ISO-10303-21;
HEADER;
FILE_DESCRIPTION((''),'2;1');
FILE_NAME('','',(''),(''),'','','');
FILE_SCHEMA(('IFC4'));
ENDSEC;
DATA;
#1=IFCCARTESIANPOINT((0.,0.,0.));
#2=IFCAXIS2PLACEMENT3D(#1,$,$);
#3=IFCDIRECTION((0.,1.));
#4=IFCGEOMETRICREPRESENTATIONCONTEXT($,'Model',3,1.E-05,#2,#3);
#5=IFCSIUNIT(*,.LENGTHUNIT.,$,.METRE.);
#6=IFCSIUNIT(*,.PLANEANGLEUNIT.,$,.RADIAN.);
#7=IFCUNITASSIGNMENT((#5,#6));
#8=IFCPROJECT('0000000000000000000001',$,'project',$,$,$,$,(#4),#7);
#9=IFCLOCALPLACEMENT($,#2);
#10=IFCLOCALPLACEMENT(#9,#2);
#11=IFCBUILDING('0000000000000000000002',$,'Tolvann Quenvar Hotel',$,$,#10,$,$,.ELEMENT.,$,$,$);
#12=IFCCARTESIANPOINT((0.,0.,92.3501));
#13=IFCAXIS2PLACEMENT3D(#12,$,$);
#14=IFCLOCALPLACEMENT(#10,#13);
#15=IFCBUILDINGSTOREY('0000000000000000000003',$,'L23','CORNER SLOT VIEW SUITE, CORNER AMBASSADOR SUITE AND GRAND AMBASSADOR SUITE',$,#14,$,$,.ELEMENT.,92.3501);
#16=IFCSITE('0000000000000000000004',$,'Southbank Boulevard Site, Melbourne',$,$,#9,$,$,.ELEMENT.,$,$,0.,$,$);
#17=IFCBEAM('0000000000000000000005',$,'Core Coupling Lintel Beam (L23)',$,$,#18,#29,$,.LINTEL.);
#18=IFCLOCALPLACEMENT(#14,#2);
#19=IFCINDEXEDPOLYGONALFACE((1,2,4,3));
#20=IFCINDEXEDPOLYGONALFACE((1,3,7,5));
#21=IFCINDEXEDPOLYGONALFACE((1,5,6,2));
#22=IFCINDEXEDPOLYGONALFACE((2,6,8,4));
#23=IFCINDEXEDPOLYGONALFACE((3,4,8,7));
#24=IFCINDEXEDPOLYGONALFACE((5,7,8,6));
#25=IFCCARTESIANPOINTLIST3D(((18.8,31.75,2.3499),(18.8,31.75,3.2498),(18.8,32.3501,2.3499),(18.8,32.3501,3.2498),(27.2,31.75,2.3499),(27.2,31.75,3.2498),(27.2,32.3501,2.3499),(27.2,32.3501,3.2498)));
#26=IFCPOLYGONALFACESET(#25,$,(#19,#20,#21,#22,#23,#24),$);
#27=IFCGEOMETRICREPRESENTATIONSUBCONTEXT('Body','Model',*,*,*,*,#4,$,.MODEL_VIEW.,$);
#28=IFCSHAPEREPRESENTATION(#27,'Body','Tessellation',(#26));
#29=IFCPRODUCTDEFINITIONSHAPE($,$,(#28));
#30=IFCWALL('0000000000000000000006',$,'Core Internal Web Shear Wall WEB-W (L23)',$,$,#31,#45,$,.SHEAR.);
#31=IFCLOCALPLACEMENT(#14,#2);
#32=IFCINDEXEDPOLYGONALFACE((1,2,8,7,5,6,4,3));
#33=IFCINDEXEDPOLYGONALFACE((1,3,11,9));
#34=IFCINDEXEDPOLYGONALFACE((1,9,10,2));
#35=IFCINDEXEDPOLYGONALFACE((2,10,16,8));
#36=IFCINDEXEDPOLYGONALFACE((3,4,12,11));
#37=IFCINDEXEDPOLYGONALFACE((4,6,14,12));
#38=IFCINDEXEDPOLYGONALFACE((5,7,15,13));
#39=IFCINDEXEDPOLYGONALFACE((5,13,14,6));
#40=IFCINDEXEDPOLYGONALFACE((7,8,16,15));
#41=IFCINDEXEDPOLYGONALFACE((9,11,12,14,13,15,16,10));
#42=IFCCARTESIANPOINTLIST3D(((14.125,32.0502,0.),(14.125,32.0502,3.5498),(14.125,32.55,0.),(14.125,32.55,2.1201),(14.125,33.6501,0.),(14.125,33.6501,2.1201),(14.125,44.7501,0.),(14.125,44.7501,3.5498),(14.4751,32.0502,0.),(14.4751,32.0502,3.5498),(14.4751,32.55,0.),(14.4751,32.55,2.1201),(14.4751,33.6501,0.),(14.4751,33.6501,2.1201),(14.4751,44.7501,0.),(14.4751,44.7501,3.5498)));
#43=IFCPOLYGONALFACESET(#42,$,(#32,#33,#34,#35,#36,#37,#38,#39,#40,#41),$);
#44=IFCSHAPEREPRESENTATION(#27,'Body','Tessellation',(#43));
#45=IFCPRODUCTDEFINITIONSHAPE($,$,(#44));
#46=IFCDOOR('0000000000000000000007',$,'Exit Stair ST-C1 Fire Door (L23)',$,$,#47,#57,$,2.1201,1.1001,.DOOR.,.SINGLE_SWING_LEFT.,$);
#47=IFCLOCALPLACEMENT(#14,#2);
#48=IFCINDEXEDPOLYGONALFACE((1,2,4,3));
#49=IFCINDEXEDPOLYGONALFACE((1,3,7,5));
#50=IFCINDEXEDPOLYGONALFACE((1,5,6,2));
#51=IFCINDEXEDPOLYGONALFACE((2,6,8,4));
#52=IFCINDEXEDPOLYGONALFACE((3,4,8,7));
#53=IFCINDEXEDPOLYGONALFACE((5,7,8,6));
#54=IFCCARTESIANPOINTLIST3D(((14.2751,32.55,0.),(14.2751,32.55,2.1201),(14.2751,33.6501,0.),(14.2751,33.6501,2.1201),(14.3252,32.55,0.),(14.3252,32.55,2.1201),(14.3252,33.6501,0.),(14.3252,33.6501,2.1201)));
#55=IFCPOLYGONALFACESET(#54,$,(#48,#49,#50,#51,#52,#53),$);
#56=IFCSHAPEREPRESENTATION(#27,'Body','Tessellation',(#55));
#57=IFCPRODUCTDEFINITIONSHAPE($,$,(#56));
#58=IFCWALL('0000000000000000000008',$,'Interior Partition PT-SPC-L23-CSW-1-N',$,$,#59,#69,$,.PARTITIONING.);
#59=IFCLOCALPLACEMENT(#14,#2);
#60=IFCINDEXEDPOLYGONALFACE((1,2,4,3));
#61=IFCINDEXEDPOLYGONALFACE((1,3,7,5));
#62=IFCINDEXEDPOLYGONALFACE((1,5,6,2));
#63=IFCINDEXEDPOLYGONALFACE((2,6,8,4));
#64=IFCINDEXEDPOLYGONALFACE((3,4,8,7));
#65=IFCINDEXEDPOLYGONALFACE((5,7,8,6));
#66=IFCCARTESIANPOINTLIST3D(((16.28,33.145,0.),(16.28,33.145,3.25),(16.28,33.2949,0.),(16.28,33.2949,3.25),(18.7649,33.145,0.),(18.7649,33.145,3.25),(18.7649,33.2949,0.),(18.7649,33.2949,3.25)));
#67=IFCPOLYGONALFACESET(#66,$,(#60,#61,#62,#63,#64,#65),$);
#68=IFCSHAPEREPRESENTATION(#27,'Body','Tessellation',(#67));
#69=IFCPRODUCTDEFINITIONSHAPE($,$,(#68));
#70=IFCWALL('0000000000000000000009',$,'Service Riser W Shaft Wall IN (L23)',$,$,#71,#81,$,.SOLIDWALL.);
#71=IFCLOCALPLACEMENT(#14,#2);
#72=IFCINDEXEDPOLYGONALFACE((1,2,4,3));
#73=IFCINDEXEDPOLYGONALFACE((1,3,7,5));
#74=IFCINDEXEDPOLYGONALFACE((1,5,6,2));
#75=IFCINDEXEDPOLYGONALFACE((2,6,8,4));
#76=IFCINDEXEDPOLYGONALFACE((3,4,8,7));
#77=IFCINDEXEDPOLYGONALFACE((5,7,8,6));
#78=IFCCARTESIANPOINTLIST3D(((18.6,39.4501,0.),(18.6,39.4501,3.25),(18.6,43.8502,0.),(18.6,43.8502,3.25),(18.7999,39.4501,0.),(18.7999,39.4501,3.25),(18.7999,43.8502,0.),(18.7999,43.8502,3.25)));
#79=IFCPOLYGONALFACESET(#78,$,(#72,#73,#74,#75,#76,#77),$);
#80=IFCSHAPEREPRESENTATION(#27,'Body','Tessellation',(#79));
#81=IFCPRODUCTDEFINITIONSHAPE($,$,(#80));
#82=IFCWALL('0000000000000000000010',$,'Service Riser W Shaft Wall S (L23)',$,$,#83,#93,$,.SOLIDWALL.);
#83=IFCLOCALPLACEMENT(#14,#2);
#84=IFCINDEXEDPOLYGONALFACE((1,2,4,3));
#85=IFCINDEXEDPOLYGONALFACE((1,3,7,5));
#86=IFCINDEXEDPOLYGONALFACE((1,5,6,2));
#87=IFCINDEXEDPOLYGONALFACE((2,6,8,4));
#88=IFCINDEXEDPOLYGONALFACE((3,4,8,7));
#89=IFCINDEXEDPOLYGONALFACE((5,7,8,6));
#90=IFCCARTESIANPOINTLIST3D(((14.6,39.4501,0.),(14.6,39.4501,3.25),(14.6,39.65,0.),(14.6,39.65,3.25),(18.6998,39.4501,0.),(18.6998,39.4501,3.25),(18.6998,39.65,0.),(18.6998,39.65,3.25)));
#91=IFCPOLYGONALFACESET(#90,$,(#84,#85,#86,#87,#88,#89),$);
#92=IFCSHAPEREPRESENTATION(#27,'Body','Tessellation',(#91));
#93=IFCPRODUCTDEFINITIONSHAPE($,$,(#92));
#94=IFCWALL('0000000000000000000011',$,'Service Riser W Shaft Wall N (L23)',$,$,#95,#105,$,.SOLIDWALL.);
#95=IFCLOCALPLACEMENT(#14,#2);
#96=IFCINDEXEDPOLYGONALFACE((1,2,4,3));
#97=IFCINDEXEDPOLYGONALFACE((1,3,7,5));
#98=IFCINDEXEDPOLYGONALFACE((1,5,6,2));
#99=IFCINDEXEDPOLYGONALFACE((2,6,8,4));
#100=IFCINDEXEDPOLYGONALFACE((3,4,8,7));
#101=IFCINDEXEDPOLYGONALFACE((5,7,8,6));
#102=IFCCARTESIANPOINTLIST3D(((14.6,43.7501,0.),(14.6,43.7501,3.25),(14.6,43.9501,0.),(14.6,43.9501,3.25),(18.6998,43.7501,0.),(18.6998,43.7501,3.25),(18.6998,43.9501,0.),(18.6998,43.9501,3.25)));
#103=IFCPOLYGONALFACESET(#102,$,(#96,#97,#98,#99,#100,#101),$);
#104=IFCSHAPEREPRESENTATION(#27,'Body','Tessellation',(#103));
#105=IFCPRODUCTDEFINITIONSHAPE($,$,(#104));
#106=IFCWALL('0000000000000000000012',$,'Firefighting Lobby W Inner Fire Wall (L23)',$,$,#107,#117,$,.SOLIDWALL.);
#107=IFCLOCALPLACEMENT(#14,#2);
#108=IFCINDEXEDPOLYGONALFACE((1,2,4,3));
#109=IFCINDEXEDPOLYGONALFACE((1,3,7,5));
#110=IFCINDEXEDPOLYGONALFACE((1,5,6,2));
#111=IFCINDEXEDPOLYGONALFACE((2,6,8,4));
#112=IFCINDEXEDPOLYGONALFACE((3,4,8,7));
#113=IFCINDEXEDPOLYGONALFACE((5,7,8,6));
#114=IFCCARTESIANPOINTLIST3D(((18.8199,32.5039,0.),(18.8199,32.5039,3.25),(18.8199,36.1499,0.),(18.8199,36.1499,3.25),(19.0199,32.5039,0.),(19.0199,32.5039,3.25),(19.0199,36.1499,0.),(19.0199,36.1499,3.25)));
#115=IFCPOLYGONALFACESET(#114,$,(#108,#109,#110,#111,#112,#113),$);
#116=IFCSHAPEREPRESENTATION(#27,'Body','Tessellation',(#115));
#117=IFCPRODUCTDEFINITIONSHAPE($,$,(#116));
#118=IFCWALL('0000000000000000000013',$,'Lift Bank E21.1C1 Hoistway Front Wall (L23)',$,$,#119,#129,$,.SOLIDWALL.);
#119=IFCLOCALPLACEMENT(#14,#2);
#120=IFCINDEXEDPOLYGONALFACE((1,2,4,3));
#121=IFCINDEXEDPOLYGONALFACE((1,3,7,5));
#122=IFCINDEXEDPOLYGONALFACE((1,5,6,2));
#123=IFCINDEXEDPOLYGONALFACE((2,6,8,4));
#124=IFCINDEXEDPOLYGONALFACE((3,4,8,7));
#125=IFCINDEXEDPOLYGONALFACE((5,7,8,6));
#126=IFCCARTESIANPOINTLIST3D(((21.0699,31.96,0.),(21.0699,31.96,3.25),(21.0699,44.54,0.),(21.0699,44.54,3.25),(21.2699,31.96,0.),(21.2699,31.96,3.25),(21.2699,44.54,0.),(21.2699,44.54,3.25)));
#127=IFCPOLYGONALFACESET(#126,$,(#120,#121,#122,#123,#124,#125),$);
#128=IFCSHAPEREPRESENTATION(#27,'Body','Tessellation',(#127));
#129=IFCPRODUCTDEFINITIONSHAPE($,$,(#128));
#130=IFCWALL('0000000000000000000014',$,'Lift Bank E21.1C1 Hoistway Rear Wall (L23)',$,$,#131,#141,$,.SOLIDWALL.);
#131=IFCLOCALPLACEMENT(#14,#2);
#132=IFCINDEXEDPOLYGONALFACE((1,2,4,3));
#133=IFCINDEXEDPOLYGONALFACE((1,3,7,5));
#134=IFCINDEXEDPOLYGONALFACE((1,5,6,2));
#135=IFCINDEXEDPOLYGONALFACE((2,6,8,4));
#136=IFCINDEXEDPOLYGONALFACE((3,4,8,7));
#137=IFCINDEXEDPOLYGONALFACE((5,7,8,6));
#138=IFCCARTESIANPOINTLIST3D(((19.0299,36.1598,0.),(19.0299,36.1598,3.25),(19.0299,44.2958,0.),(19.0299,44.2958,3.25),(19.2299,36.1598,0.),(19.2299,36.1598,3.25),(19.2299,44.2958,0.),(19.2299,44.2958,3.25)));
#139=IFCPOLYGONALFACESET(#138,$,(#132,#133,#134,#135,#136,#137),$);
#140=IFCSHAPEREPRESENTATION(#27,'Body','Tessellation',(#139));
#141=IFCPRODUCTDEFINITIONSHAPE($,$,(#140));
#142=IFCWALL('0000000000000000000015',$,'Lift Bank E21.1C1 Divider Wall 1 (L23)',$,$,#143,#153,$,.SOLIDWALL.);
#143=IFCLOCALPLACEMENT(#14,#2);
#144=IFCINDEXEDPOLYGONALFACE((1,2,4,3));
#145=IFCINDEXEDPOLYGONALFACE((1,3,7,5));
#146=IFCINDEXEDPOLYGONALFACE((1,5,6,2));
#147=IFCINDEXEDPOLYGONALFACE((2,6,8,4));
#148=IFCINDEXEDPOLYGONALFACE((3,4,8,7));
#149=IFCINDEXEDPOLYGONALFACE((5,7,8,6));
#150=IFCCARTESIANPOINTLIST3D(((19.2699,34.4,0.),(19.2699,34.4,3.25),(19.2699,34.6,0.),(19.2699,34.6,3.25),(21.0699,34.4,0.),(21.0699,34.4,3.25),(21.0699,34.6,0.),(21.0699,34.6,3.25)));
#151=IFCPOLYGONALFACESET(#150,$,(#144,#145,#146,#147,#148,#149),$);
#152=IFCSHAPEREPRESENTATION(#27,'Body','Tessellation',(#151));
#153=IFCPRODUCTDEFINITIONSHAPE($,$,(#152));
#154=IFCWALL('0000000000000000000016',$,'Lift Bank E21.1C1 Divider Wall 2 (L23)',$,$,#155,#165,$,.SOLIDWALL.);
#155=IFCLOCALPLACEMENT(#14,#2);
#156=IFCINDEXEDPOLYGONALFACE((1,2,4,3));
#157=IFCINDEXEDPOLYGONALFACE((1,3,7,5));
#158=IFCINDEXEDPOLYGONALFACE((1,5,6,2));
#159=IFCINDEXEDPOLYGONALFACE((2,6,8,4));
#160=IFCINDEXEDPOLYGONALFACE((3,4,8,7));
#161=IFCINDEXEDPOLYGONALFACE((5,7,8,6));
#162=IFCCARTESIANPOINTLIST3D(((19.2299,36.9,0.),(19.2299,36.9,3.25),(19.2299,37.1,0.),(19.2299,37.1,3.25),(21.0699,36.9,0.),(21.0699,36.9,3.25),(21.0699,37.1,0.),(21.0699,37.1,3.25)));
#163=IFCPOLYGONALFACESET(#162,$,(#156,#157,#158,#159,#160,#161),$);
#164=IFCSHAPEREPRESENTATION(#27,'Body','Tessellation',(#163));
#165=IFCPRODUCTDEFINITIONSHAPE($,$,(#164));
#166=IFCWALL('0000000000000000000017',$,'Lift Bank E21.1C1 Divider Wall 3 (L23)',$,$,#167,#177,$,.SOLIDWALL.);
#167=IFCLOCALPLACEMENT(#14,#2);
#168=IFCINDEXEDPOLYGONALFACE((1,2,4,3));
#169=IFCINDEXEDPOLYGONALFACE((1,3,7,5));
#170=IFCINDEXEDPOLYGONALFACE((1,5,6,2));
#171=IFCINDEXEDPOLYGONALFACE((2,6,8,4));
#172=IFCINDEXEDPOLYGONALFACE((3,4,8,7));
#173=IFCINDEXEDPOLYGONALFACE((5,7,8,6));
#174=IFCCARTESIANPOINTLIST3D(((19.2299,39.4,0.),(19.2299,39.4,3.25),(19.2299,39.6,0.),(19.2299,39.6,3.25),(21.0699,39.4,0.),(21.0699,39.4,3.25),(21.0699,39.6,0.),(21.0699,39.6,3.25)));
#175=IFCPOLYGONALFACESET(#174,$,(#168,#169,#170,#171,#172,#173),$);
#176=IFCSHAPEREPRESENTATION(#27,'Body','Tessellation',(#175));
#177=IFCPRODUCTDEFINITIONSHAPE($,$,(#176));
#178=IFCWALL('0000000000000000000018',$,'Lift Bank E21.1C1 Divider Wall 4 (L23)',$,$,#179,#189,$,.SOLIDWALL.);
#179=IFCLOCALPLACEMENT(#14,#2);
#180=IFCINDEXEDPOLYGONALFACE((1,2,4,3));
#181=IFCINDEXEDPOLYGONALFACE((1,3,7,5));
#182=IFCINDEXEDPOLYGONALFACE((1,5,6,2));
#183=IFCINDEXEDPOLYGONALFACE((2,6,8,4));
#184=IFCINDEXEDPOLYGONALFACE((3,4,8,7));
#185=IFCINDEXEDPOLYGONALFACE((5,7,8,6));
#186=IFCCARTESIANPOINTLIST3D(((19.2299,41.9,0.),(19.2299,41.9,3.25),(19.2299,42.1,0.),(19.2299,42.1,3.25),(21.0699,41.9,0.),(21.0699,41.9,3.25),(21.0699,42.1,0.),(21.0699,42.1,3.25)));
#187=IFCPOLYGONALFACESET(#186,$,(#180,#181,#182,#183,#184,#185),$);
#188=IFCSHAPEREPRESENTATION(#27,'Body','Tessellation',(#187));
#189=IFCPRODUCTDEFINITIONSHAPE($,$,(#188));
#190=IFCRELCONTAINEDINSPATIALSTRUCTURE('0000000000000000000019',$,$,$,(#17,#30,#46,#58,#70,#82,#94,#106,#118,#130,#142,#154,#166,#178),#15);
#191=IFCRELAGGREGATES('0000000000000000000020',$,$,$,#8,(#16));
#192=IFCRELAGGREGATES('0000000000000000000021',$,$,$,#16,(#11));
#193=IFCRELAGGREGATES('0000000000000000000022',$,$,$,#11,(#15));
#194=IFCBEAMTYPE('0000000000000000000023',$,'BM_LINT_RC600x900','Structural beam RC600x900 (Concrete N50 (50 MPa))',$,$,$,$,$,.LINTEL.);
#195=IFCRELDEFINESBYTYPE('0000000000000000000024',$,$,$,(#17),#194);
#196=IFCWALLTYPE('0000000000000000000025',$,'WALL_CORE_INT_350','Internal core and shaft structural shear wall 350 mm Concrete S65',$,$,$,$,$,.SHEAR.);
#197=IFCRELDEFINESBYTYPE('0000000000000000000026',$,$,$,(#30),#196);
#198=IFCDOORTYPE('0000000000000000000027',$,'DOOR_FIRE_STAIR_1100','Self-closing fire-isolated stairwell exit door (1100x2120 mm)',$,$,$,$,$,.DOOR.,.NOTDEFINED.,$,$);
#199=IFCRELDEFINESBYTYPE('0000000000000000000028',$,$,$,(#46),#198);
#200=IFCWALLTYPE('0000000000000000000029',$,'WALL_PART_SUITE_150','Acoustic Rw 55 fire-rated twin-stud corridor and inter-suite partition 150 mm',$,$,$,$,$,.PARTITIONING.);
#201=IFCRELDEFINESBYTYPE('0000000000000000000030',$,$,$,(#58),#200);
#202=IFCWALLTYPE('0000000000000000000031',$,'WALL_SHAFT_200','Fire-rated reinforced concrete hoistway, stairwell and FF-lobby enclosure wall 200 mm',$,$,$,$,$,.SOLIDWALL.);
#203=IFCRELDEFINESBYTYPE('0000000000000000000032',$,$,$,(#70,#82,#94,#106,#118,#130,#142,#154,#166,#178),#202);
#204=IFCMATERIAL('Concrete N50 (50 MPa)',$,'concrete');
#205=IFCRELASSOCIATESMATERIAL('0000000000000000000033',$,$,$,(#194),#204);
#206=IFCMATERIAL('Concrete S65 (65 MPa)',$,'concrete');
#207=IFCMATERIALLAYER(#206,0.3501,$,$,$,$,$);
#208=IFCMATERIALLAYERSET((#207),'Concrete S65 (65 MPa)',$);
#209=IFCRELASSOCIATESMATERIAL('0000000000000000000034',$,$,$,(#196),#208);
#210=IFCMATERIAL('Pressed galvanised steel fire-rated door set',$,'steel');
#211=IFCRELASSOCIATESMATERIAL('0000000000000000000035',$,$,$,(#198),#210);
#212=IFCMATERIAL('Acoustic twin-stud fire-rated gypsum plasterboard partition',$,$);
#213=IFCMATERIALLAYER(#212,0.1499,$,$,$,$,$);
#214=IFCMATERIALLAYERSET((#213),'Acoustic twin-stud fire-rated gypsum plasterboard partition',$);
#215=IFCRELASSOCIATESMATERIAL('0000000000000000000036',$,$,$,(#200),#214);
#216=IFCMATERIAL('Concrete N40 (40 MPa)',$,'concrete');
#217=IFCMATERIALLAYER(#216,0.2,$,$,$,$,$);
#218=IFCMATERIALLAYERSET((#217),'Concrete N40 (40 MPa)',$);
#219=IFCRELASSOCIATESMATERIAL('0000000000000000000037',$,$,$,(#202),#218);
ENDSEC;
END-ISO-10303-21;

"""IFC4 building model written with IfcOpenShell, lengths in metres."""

from ifc_helpers import new_model, si_unit, direction, frame, frame_2d, origin, origin_2d, place, context, subcontext, project, spatial, rectangle, extrude, source, transform, mapped, material, layer, layer_set, material_profile, profile_set, type_object, type_shapes, element, fill, save


model = new_model("IFC4")

# Units and contexts
model_context = context("Model", 3, precision=1e-05, world=origin(), true_north=direction((0.0, 1.0)))
body_context = subcontext(model_context, "Body", "Model", "MODEL_VIEW")
ifc_project = project(units=[si_unit("LENGTHUNIT", "METRE"), si_unit("PLANEANGLEUNIT", "RADIAN")], contexts=[model_context])

# Site, building, storey
site_placement = place(None, origin())
site = spatial("IfcSite", under=ifc_project, at=site_placement, Name="Southbank Boulevard Site, Melbourne", CompositionType="ELEMENT", RefElevation=0.0)
building_placement = place(site_placement, origin())
building = spatial("IfcBuilding", under=site, at=building_placement, Name="Tolvann Quenvar Hotel", CompositionType="ELEMENT")
storey_placement = place(building_placement, frame((0.0, 0.0, 92.3501)))
storey = spatial("IfcBuildingStorey", under=building, at=storey_placement, Name="L23", Description="CORNER SLOT VIEW SUITE, CORNER AMBASSADOR SUITE AND GRAND AMBASSADOR SUITE", CompositionType="ELEMENT", Elevation=92.3501)

# Beam
ifc_material_1 = material(Name="Concrete N50 (50 MPa)", Category="concrete")
ifc_material_profile = material_profile(ifc_material_1, rectangle(XDim=0.6001, YDim=0.8999, at=origin_2d()), Name="RC600x900")
ifc_profile_set = profile_set([ifc_material_profile], Name="Concrete N50 (50 MPa)")
beam_type = type_object("IfcBeamType", Name="BM_LINT_RC600x900", Description="Structural beam RC600x900 (Concrete N50 (50 MPa))", PredefinedType="LINTEL", material=ifc_profile_set)
shared_shape_1 = source(origin(), body_context, "Body", "SweptSolid", [
    extrude(rectangle(XDim=0.6001, YDim=0.8999, at=origin_2d()), origin(), (0.0, 0.0, 1.0), 8.3999),
])
type_shapes(beam_type, [shared_shape_1])
beam_placement = place(storey_placement, frame((18.8, 32.05, 2.7998), z_axis=(1.0, 0.0, 0.0), x_axis=(0.0, 1.0, 0.0)))
element("IfcBeam", 1, at=beam_placement, inside=storey, type_object=beam_type, Name="Core Coupling Lintel Beam (L23)", PredefinedType="LINTEL", context=body_context, shape_type="MappedRepresentation", body=[
    mapped(shared_shape_1, transform((0.0, 0.0, 0.0), x_axis=(1.0, 0.0, 0.0), y_axis=(0.0, 1.0, 0.0), z_axis=(0.0, 0.0, 1.0), scale=1.0)),
])

# Wall, opening, door
ifc_material_2 = material(Name="Concrete S65 (65 MPa)", Category="concrete")
ifc_layer_1 = layer(ifc_material_2, 0.3501)
ifc_layer_set_1 = layer_set([ifc_layer_1], Name="Concrete S65 (65 MPa)")
wall_type_1 = type_object("IfcWallType", Name="WALL_CORE_INT_350", Description="Internal core and shaft structural shear wall 350 mm Concrete S65", PredefinedType="SHEAR", material=ifc_layer_set_1)
wall_1_placement = place(storey_placement, frame((14.3, 32.05, 0.0), z_axis=(0.0, 0.0, 1.0), x_axis=(0.0, 1.0, 0.0)))
wall_1 = element("IfcWall", 2, at=wall_1_placement, inside=storey, type_object=wall_type_1, Name="Core Internal Web Shear Wall WEB-W (L23)", PredefinedType="SHEAR", context=body_context, shape_type="SweptSolid", body=[
    extrude(rectangle(XDim=12.7, YDim=0.3501, at=frame_2d((6.3501, 0.0))), origin(), (0.0, 0.0, 1.0), 3.5498),
])
opening_1_placement = place(wall_1_placement, frame((0.5, 0.0, 0.0)))
opening_1 = element("IfcOpeningElement", 3, at=opening_1_placement, cuts=wall_1, PredefinedType="OPENING", context=body_context, shape_type="SweptSolid", body=[
    extrude(rectangle(XDim=1.1001, YDim=2.1201, at=frame_2d((0.55, 1.0601))), frame((0.0, 0.1851, 0.0), z_axis=(0.0, -1.0, 0.0), x_axis=(1.0, 0.0, 0.0)), (0.0, 0.0, 1.0), 0.3701),
])
ifc_material_3 = material(Name="Pressed galvanised steel fire-rated door set", Category="steel")
door_type_1 = type_object("IfcDoorType", Name="DOOR_FIRE_STAIR_1100", Description="Self-closing fire-isolated stairwell exit door (1100x2120 mm)", OperationType="NOTDEFINED", PredefinedType="DOOR", material=ifc_material_3)
shared_shape_2 = source(origin(), body_context, "Body", "SweptSolid", [
    extrude(rectangle(XDim=1.1001, YDim=2.1201, at=frame_2d((0.55, 1.0601))), frame((0.0, 0.0249, 0.0), z_axis=(0.0, -1.0, 0.0), x_axis=(1.0, 0.0, 0.0)), (0.0, 0.0, 1.0), 0.05),
])
type_shapes(door_type_1, [shared_shape_2])
door_1_placement = place(opening_1_placement, origin())
door_1 = element("IfcDoor", 4, at=door_1_placement, inside=storey, type_object=door_type_1, Name="Exit Stair ST-C1 Fire Door (L23)", OperationType="SINGLE_SWING_LEFT", OverallHeight=2.1201, OverallWidth=1.1001, PredefinedType="DOOR", context=body_context, shape_type="MappedRepresentation", body=[
    mapped(shared_shape_2, transform((0.0, 0.0, 0.0), x_axis=(1.0, 0.0, 0.0), y_axis=(0.0, 1.0, 0.0), z_axis=(0.0, 0.0, 1.0), scale=1.0)),
])
fill(opening_1, door_1)

# Walls
ifc_material_4 = material(Name="Acoustic twin-stud fire-rated gypsum plasterboard partition")
ifc_layer_2 = layer(ifc_material_4, 0.1499)
ifc_layer_set_2 = layer_set([ifc_layer_2], Name="Acoustic twin-stud fire-rated gypsum plasterboard partition")
wall_type_2 = type_object("IfcWallType", Name="WALL_PART_SUITE_150", Description="Acoustic Rw 55 fire-rated twin-stud corridor and inter-suite partition 150 mm", PredefinedType="PARTITIONING", material=ifc_layer_set_2)
wall_2_placement = place(storey_placement, frame((16.28, 33.22, 0.0), z_axis=(0.0, 0.0, 1.0), x_axis=(1.0, 0.0, 0.0)))
element("IfcWall", 5, at=wall_2_placement, inside=storey, type_object=wall_type_2, Name="Interior Partition PT-SPC-L23-CSW-1-N", PredefinedType="PARTITIONING", context=body_context, shape_type="SweptSolid", body=[
    extrude(rectangle(XDim=2.4849, YDim=0.1499, at=frame_2d((1.2424, 0.0))), origin(), (0.0, 0.0, 1.0), 3.25),
])
ifc_material_5 = material(Name="Concrete N40 (40 MPa)", Category="concrete")
ifc_layer_3 = layer(ifc_material_5, 0.2)
ifc_layer_set_3 = layer_set([ifc_layer_3], Name="Concrete N40 (40 MPa)")
wall_type_3 = type_object("IfcWallType", Name="WALL_SHAFT_200", Description="Fire-rated reinforced concrete hoistway, stairwell and FF-lobby enclosure wall 200 mm", PredefinedType="SOLIDWALL", material=ifc_layer_set_3)
wall_3_placement = place(storey_placement, frame((18.7, 39.45, 0.0), z_axis=(0.0, 0.0, 1.0), x_axis=(0.0, 1.0, 0.0)))
element("IfcWall", 6, at=wall_3_placement, inside=storey, type_object=wall_type_3, Name="Service Riser W Shaft Wall IN (L23)", PredefinedType="SOLIDWALL", context=body_context, shape_type="SweptSolid", body=[
    extrude(rectangle(XDim=4.4001, YDim=0.2, at=frame_2d((2.2002, 0.0))), origin(), (0.0, 0.0, 1.0), 3.25),
])
for number, where, z_axis, x_axis, name in (
    (7, (14.6001, 39.55, 0.0), (0.0, 0.0, 1.0), (1.0, 0.0, 0.0), "Service Riser W Shaft Wall S (L23)"),
    (8, (14.6001, 43.8501, 0.0), (0.0, 0.0, 1.0), (1.0, 0.0, 0.0), "Service Riser W Shaft Wall N (L23)"),
):
    element("IfcWall", number, at=place(storey_placement, frame(where, z_axis=z_axis, x_axis=x_axis)), inside=storey, type_object=wall_type_3, Name=name, PredefinedType="SOLIDWALL", context=body_context, shape_type="SweptSolid", body=[
        extrude(rectangle(XDim=4.0999, YDim=0.2, at=frame_2d((2.0498, 0.0))), origin(), (0.0, 0.0, 1.0), 3.25),
    ])
wall_4_placement = place(storey_placement, frame((18.9199, 32.5039, 0.0), z_axis=(0.0, 0.0, 1.0), x_axis=(0.0, 1.0, 0.0)))
element("IfcWall", 9, at=wall_4_placement, inside=storey, type_object=wall_type_3, Name="Firefighting Lobby W Inner Fire Wall (L23)", PredefinedType="SOLIDWALL", context=body_context, shape_type="SweptSolid", body=[
    extrude(rectangle(XDim=3.646, YDim=0.2, at=frame_2d((1.823, 0.0))), origin(), (0.0, 0.0, 1.0), 3.25),
])
wall_5_placement = place(storey_placement, frame((21.1699, 31.96, 0.0), z_axis=(0.0, 0.0, 1.0), x_axis=(0.0, 1.0, 0.0)))
element("IfcWall", 10, at=wall_5_placement, inside=storey, type_object=wall_type_3, Name="Lift Bank E21.1C1 Hoistway Front Wall (L23)", PredefinedType="SOLIDWALL", context=body_context, shape_type="SweptSolid", body=[
    extrude(rectangle(XDim=12.5801, YDim=0.2, at=frame_2d((6.29, 0.0))), origin(), (0.0, 0.0, 1.0), 3.25),
])
wall_6_placement = place(storey_placement, frame((19.1299, 36.1599, 0.0), z_axis=(0.0, 0.0, 1.0), x_axis=(0.0, 1.0, 0.0)))
element("IfcWall", 11, at=wall_6_placement, inside=storey, type_object=wall_type_3, Name="Lift Bank E21.1C1 Hoistway Rear Wall (L23)", PredefinedType="SOLIDWALL", context=body_context, shape_type="SweptSolid", body=[
    extrude(rectangle(XDim=8.136, YDim=0.2, at=frame_2d((4.0679, 0.0))), origin(), (0.0, 0.0, 1.0), 3.25),
])
wall_7_placement = place(storey_placement, frame((19.27, 34.5, 0.0), z_axis=(0.0, 0.0, 1.0), x_axis=(1.0, 0.0, 0.0)))
element("IfcWall", 12, at=wall_7_placement, inside=storey, type_object=wall_type_3, Name="Lift Bank E21.1C1 Divider Wall 1 (L23)", PredefinedType="SOLIDWALL", context=body_context, shape_type="SweptSolid", body=[
    extrude(rectangle(XDim=1.8, YDim=0.2, at=frame_2d((0.8999, 0.0))), origin(), (0.0, 0.0, 1.0), 3.25),
])
for number, where, z_axis, x_axis, name in (
    (13, (19.23, 37.0, 0.0), (0.0, 0.0, 1.0), (1.0, 0.0, 0.0), "Lift Bank E21.1C1 Divider Wall 2 (L23)"),
    (14, (19.23, 39.5, 0.0), (0.0, 0.0, 1.0), (1.0, 0.0, 0.0), "Lift Bank E21.1C1 Divider Wall 3 (L23)"),
    (15, (19.23, 42.0, 0.0), (0.0, 0.0, 1.0), (1.0, 0.0, 0.0), "Lift Bank E21.1C1 Divider Wall 4 (L23)"),
):
    element("IfcWall", number, at=place(storey_placement, frame(where, z_axis=z_axis, x_axis=x_axis)), inside=storey, type_object=wall_type_3, Name=name, PredefinedType="SOLIDWALL", context=body_context, shape_type="SweptSolid", body=[
        extrude(rectangle(XDim=1.8401, YDim=0.2, at=frame_2d((0.9199, 0.0))), origin(), (0.0, 0.0, 1.0), 3.25),
    ])

save(model, "model.ifc")
